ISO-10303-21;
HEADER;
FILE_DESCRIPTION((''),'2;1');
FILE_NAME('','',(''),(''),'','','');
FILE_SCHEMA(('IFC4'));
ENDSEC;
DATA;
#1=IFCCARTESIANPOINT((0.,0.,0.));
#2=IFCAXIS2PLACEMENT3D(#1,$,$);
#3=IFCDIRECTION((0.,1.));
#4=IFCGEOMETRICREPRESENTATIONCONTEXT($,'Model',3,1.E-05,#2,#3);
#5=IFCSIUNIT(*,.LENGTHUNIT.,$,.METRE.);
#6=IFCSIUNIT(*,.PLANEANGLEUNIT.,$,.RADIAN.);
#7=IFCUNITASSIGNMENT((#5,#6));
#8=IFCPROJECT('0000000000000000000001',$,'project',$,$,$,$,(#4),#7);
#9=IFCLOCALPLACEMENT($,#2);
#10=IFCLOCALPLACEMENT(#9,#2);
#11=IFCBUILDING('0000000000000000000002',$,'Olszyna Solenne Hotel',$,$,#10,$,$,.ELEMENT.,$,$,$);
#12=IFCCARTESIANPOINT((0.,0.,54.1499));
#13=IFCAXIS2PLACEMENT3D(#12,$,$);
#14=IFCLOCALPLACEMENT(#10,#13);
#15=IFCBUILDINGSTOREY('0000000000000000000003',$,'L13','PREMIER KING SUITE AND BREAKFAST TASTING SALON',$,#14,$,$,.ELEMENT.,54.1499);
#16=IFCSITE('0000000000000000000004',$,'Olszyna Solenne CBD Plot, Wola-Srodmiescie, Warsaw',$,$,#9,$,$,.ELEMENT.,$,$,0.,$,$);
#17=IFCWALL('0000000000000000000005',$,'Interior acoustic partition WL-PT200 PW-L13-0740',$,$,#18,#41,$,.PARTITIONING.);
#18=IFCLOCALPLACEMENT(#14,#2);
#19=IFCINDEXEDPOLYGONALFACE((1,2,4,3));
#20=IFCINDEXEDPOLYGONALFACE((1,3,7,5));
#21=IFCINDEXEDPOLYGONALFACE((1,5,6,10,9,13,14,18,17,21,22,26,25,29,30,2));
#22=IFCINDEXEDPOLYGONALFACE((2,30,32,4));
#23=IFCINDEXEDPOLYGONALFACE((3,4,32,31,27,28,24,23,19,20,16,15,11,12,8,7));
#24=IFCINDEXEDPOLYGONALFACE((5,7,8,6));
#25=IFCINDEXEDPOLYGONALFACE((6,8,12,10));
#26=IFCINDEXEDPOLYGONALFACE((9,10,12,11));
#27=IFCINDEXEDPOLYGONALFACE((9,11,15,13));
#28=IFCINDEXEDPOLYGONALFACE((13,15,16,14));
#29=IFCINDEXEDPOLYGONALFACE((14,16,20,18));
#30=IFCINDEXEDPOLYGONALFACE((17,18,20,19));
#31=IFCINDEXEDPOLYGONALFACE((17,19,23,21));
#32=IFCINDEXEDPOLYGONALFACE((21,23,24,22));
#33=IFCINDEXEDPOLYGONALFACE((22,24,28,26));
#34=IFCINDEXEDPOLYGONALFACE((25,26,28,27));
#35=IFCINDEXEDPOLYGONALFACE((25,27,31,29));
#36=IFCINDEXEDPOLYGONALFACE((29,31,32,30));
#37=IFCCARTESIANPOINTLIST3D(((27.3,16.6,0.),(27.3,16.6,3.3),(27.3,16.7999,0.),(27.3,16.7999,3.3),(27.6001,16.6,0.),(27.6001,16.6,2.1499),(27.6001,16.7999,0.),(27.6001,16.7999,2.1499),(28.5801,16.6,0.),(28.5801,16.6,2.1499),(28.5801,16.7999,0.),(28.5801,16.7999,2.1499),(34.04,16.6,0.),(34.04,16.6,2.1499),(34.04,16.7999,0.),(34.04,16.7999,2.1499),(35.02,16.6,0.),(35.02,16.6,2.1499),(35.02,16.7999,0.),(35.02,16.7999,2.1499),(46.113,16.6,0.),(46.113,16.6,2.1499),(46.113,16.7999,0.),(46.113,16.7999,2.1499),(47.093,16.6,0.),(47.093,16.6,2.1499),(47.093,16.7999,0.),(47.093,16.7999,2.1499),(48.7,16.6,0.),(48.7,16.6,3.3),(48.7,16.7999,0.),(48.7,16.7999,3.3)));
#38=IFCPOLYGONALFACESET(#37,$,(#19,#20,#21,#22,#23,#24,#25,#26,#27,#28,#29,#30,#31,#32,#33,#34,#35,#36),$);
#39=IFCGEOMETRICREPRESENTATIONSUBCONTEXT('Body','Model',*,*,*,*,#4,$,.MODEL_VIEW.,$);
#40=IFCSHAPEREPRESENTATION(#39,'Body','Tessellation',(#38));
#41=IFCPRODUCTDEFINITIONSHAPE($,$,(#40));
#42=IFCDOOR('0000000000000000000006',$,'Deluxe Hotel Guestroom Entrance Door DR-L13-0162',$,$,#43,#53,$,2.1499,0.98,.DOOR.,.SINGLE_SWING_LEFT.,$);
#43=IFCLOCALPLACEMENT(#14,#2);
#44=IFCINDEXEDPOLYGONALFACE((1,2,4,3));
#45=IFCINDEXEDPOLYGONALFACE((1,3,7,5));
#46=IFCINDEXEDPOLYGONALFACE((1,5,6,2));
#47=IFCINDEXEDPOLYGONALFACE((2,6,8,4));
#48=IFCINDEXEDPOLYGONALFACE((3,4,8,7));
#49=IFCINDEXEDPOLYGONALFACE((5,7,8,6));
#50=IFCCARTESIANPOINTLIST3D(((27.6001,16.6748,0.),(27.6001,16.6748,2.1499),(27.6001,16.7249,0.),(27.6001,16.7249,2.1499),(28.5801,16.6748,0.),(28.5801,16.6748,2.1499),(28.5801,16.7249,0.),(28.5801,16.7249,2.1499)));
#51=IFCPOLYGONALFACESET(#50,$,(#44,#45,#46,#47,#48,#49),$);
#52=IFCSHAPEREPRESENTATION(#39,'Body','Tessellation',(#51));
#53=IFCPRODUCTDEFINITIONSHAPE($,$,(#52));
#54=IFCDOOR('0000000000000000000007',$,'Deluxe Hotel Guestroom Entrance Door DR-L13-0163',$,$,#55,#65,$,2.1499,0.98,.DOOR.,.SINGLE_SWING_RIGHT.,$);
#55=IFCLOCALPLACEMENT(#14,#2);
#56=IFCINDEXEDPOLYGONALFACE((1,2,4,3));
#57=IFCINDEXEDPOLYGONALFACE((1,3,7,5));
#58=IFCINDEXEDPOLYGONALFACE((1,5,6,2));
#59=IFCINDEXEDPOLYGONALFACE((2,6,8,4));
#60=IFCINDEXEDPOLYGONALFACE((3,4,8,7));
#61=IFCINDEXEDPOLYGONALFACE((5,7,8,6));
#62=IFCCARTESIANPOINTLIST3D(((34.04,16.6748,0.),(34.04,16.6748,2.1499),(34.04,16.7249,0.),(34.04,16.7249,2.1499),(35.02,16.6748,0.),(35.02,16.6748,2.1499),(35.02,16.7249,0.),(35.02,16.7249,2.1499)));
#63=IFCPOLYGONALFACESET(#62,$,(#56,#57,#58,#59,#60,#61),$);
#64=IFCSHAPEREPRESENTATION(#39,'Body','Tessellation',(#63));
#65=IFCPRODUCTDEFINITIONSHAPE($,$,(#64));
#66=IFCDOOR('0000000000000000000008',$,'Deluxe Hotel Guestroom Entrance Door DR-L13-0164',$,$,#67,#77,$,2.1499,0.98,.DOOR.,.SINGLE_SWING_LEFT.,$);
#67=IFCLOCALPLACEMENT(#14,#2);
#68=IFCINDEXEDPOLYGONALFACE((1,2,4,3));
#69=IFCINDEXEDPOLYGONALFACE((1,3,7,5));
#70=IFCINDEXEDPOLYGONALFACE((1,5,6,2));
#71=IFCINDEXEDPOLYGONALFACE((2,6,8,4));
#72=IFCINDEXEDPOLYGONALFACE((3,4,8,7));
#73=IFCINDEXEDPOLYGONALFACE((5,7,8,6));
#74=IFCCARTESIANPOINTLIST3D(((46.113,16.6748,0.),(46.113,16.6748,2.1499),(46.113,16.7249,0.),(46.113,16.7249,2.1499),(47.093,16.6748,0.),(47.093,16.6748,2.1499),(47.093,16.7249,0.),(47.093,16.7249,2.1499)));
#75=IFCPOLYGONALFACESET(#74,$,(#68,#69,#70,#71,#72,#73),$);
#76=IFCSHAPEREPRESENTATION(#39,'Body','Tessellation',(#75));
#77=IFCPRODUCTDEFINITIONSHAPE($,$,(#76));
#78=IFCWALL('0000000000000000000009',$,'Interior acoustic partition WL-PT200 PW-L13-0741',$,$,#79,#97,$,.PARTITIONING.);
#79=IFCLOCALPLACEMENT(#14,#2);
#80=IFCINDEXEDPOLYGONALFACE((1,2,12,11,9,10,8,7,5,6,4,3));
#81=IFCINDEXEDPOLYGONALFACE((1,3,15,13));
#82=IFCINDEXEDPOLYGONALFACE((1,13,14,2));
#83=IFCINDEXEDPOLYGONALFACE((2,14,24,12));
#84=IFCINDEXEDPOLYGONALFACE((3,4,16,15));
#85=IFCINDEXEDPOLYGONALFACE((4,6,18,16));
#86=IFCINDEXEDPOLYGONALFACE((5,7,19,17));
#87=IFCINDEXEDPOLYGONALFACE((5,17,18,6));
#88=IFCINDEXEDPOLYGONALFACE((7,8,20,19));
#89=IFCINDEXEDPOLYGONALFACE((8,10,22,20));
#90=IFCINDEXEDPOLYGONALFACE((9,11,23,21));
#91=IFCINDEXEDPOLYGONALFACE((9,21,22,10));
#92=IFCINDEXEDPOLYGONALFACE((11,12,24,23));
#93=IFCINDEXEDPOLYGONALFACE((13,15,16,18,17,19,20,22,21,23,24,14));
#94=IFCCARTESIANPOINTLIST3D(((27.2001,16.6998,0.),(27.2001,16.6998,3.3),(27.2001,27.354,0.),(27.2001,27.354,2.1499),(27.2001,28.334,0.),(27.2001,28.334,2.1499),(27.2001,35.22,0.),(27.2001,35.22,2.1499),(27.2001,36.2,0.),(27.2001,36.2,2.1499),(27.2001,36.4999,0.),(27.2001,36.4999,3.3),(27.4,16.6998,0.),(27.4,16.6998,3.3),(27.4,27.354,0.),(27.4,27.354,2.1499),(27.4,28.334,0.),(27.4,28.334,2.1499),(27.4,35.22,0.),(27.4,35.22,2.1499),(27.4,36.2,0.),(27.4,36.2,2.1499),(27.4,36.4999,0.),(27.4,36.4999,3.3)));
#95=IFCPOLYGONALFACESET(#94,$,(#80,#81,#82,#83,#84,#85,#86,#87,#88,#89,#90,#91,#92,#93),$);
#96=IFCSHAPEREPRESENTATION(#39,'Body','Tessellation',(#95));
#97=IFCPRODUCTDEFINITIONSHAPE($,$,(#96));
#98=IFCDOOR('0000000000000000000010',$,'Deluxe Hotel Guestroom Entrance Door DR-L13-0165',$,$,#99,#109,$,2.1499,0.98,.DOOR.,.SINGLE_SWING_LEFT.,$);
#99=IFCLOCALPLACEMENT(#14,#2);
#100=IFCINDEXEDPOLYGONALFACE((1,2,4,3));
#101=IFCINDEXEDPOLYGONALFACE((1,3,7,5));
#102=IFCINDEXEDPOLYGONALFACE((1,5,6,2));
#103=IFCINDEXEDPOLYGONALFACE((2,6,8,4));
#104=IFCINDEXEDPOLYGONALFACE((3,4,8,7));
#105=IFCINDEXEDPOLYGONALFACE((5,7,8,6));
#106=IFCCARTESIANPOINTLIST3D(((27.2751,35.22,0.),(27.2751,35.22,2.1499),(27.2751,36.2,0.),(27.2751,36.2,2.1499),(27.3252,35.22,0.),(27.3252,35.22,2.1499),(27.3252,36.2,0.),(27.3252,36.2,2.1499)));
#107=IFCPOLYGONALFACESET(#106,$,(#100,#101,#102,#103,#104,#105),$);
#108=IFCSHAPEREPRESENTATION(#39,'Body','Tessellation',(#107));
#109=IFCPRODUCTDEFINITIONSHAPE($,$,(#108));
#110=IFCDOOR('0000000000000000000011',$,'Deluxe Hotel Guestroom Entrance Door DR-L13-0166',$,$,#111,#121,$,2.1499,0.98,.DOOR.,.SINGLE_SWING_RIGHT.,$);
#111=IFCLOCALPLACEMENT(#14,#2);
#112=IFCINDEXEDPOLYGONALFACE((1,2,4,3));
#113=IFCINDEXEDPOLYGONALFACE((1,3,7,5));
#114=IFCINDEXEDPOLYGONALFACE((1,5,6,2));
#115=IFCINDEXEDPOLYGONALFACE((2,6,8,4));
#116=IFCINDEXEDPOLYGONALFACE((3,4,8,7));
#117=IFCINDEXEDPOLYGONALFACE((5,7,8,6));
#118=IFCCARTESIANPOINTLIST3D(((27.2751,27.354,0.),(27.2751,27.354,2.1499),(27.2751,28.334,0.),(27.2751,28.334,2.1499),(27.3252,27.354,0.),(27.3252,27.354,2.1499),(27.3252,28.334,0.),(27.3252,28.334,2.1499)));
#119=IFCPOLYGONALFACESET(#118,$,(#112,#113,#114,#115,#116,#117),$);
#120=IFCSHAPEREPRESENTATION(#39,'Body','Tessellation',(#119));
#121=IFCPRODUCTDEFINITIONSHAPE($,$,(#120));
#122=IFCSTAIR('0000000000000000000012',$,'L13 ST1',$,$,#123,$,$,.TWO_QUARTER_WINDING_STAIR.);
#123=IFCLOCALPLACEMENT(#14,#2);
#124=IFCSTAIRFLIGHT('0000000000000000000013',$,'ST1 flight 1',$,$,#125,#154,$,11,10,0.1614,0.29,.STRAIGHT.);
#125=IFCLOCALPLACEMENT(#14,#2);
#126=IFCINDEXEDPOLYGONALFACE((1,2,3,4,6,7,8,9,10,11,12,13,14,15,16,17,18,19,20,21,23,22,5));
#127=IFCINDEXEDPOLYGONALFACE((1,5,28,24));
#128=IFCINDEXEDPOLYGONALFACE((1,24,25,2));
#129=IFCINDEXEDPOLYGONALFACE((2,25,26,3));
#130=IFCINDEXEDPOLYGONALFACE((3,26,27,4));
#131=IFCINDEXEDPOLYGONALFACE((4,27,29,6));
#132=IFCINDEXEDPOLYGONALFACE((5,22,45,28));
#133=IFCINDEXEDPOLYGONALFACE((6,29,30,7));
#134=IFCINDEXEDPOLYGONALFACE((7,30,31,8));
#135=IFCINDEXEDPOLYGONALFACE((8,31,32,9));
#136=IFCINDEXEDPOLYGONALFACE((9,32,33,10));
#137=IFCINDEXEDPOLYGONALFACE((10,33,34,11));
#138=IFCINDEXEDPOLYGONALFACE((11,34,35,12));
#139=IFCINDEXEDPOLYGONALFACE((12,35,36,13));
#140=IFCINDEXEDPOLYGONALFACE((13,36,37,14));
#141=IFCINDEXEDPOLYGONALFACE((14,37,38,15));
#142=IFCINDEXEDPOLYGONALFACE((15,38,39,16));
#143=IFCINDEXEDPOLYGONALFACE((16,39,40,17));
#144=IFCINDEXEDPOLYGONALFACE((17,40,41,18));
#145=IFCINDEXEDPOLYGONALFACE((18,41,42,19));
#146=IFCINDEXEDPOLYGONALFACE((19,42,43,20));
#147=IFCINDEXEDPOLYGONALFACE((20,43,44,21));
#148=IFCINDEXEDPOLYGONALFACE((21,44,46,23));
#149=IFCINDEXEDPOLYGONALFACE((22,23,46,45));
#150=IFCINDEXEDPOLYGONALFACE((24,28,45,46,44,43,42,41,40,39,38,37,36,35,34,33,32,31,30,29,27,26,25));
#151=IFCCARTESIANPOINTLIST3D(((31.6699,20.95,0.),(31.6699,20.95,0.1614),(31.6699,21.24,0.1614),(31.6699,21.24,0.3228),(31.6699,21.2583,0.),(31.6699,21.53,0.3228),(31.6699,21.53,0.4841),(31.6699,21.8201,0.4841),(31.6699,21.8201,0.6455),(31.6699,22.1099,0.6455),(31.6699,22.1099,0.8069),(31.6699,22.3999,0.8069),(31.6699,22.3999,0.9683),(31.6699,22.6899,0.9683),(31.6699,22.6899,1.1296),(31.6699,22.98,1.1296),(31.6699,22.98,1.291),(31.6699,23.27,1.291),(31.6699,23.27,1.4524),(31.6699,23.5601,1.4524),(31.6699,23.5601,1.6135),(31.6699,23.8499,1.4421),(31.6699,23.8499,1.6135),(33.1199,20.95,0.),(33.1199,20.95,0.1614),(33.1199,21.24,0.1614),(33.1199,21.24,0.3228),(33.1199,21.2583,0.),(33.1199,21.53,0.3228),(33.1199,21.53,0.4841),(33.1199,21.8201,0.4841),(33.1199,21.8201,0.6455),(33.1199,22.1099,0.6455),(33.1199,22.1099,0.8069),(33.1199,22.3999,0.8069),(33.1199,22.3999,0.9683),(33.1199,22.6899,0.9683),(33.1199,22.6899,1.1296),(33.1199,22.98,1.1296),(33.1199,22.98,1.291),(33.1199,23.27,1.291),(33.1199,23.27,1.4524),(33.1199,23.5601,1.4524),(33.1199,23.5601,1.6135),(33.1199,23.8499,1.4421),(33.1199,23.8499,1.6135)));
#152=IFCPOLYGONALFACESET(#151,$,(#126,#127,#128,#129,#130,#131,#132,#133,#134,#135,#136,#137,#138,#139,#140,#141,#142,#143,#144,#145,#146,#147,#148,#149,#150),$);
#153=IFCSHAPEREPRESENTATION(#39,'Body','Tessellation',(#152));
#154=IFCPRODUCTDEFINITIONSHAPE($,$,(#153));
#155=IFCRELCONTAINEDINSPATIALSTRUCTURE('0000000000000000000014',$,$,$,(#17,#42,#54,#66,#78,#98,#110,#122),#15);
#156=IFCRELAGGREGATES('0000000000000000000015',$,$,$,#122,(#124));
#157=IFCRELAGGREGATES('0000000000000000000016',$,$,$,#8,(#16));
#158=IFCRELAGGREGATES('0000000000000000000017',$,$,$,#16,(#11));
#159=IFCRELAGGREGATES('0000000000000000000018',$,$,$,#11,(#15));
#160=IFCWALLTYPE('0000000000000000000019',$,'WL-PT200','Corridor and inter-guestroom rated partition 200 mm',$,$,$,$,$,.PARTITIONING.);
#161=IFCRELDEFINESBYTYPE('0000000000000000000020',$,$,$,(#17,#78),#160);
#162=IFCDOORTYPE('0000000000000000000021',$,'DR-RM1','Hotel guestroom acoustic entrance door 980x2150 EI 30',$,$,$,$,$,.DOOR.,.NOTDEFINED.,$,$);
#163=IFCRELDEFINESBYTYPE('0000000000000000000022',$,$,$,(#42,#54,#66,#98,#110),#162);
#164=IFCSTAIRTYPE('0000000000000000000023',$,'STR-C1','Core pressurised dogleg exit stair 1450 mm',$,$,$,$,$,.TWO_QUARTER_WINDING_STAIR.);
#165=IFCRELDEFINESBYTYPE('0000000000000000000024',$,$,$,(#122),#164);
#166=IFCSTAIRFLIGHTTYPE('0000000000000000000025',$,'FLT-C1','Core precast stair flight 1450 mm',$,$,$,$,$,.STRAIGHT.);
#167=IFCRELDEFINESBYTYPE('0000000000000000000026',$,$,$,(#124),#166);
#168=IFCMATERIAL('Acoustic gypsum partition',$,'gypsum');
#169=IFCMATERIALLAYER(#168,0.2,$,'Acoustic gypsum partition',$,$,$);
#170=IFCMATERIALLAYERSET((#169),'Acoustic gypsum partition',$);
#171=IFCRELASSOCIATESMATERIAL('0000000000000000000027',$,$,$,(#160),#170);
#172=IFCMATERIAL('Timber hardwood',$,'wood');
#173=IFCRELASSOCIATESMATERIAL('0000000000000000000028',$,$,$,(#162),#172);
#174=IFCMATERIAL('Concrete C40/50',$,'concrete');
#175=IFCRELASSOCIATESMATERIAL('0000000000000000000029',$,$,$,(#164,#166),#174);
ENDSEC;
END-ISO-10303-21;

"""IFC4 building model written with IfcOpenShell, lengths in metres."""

from ifc_helpers import new_model, si_unit, direction, frame, frame_2d, origin, place, context, subcontext, project, spatial, polyline, rectangle, outline, extrude, source, transform, mapped, material, layer, layer_set, type_object, type_shapes, element, fill, aggregate, save


model = new_model("IFC4")

# Units and contexts
model_context = context("Model", 3, precision=1e-05, world=origin(), true_north=direction((0.0, 1.0)))
body_context = subcontext(model_context, "Body", "Model", "MODEL_VIEW")
ifc_project = project(units=[si_unit("LENGTHUNIT", "METRE"), si_unit("PLANEANGLEUNIT", "RADIAN")], contexts=[model_context])

# Site, building, storey
site_placement = place(None, origin())
site = spatial("IfcSite", under=ifc_project, at=site_placement, Name="Olszyna Solenne CBD Plot, Wola-Srodmiescie, Warsaw", CompositionType="ELEMENT", RefElevation=0.0)
building_placement = place(site_placement, origin())
building = spatial("IfcBuilding", under=site, at=building_placement, Name="Olszyna Solenne Hotel", CompositionType="ELEMENT")
storey_placement = place(building_placement, frame((0.0, 0.0, 54.1499)))
storey = spatial("IfcBuildingStorey", under=building, at=storey_placement, Name="L13", Description="PREMIER KING SUITE AND BREAKFAST TASTING SALON", CompositionType="ELEMENT", Elevation=54.1499)

# Shared definitions
ifc_material_1 = material(Name="Timber hardwood", Category="wood")

# Shared definitions
ifc_material_2 = material(Name="Acoustic gypsum partition", Category="gypsum")

# Shared definitions
ifc_layer_1 = layer(ifc_material_2, 0.2, Name="Acoustic gypsum partition")
ifc_layer_set_1 = layer_set([ifc_layer_1], Name="Acoustic gypsum partition")
wall_type_1 = type_object("IfcWallType", Name="WL-PT200", Description="Corridor and inter-guestroom rated partition 200 mm", PredefinedType="PARTITIONING", material=ifc_layer_set_1)

# Walls, openings, doors
wall_1_placement = place(storey_placement, frame((27.3, 16.7, 0.0), z_axis=(0.0, 0.0, 1.0), x_axis=(1.0, 0.0, 0.0)))
wall_1 = element("IfcWall", 1, at=wall_1_placement, inside=storey, type_object=wall_type_1, Name="Interior acoustic partition WL-PT200 PW-L13-0740", PredefinedType="PARTITIONING", context=body_context, shape_type="SweptSolid", body=[
    extrude(rectangle(XDim=21.3999, YDim=0.2, at=frame_2d((10.7, 0.0))), origin(), (0.0, 0.0, 1.0), 3.3),
])
opening_1_placement = place(wall_1_placement, frame((0.3, 0.0, 0.0)))
opening_1 = element("IfcOpeningElement", 2, at=opening_1_placement, cuts=wall_1, PredefinedType="OPENING", context=body_context, shape_type="SweptSolid", body=[
    extrude(rectangle(XDim=0.98, YDim=2.1499, at=frame_2d((0.49, 1.075))), frame((0.0, 0.1099, 0.0), z_axis=(0.0, -1.0, 0.0), x_axis=(1.0, 0.0, 0.0)), (0.0, 0.0, 1.0), 0.22),
])
opening_2_placement = place(wall_1_placement, frame((6.74, 0.0, 0.0)))
opening_2 = element("IfcOpeningElement", 3, at=opening_2_placement, cuts=wall_1, PredefinedType="OPENING", context=body_context, shape_type="SweptSolid", body=[
    extrude(rectangle(XDim=0.98, YDim=2.1499, at=frame_2d((0.49, 1.075))), frame((0.0, 0.1099, 0.0), z_axis=(0.0, -1.0, 0.0), x_axis=(1.0, 0.0, 0.0)), (0.0, 0.0, 1.0), 0.22),
])
opening_3_placement = place(wall_1_placement, frame((18.813, 0.0, 0.0)))
opening_3 = element("IfcOpeningElement", 4, at=opening_3_placement, cuts=wall_1, PredefinedType="OPENING", context=body_context, shape_type="SweptSolid", body=[
    extrude(rectangle(XDim=0.98, YDim=2.1499, at=frame_2d((0.49, 1.075))), frame((0.0, 0.1099, 0.0), z_axis=(0.0, -1.0, 0.0), x_axis=(1.0, 0.0, 0.0)), (0.0, 0.0, 1.0), 0.22),
])
door_type_1 = type_object("IfcDoorType", Name="DR-RM1", Description="Hotel guestroom acoustic entrance door 980x2150 EI 30", OperationType="NOTDEFINED", PredefinedType="DOOR", material=ifc_material_1)
shared_shape_1 = source(origin(), body_context, "Body", "SweptSolid", [
    extrude(rectangle(XDim=0.98, YDim=2.1499, at=frame_2d((0.49, 1.075))), frame((0.0, 0.0249, 0.0), z_axis=(0.0, -1.0, 0.0), x_axis=(1.0, 0.0, 0.0)), (0.0, 0.0, 1.0), 0.05),
])
type_shapes(door_type_1, [shared_shape_1])
door_1_placement = place(opening_1_placement, origin())
door_1 = element("IfcDoor", 5, at=door_1_placement, inside=storey, type_object=door_type_1, Name="Deluxe Hotel Guestroom Entrance Door DR-L13-0162", OperationType="SINGLE_SWING_LEFT", OverallHeight=2.1499, OverallWidth=0.98, PredefinedType="DOOR", context=body_context, shape_type="MappedRepresentation", body=[
    mapped(shared_shape_1, transform((0.0, 0.0, 0.0), x_axis=(1.0, 0.0, 0.0), y_axis=(0.0, 1.0, 0.0), z_axis=(0.0, 0.0, 1.0), scale=1.0)),
])
fill(opening_1, door_1)
door_2_placement = place(opening_2_placement, origin())
door_2 = element("IfcDoor", 6, at=door_2_placement, inside=storey, type_object=door_type_1, Name="Deluxe Hotel Guestroom Entrance Door DR-L13-0163", OperationType="SINGLE_SWING_RIGHT", OverallHeight=2.1499, OverallWidth=0.98, PredefinedType="DOOR", context=body_context, shape_type="MappedRepresentation", body=[
    mapped(shared_shape_1, transform((0.0, 0.0, 0.0), x_axis=(1.0, 0.0, 0.0), y_axis=(0.0, 1.0, 0.0), z_axis=(0.0, 0.0, 1.0), scale=1.0)),
])
fill(opening_2, door_2)
door_3_placement = place(opening_3_placement, origin())
door_3 = element("IfcDoor", 7, at=door_3_placement, inside=storey, type_object=door_type_1, Name="Deluxe Hotel Guestroom Entrance Door DR-L13-0164", OperationType="SINGLE_SWING_LEFT", OverallHeight=2.1499, OverallWidth=0.98, PredefinedType="DOOR", context=body_context, shape_type="MappedRepresentation", body=[
    mapped(shared_shape_1, transform((0.0, 0.0, 0.0), x_axis=(1.0, 0.0, 0.0), y_axis=(0.0, 1.0, 0.0), z_axis=(0.0, 0.0, 1.0), scale=1.0)),
])
fill(opening_3, door_3)
wall_2_placement = place(storey_placement, frame((27.3, 16.7, 0.0), z_axis=(0.0, 0.0, 1.0), x_axis=(0.0, 1.0, 0.0)))
wall_2 = element("IfcWall", 8, at=wall_2_placement, inside=storey, type_object=wall_type_1, Name="Interior acoustic partition WL-PT200 PW-L13-0741", PredefinedType="PARTITIONING", context=body_context, shape_type="SweptSolid", body=[
    extrude(rectangle(XDim=19.8, YDim=0.2, at=frame_2d((9.8999, 0.0))), origin(), (0.0, 0.0, 1.0), 3.3),
])
opening_4_placement = place(wall_2_placement, frame((18.52, 0.0, 0.0)))
opening_4 = element("IfcOpeningElement", 9, at=opening_4_placement, cuts=wall_2, PredefinedType="OPENING", context=body_context, shape_type="SweptSolid", body=[
    extrude(rectangle(XDim=0.98, YDim=2.1499, at=frame_2d((0.49, 1.075))), frame((0.0, 0.1099, 0.0), z_axis=(0.0, -1.0, 0.0), x_axis=(1.0, 0.0, 0.0)), (0.0, 0.0, 1.0), 0.22),
])
opening_5_placement = place(wall_2_placement, frame((10.6541, 0.0, 0.0)))
opening_5 = element("IfcOpeningElement", 10, at=opening_5_placement, cuts=wall_2, PredefinedType="OPENING", context=body_context, shape_type="SweptSolid", body=[
    extrude(rectangle(XDim=0.98, YDim=2.1499, at=frame_2d((0.49, 1.075))), frame((0.0, 0.1099, 0.0), z_axis=(0.0, -1.0, 0.0), x_axis=(1.0, 0.0, 0.0)), (0.0, 0.0, 1.0), 0.22),
])
door_4_placement = place(opening_4_placement, origin())
door_4 = element("IfcDoor", 11, at=door_4_placement, inside=storey, type_object=door_type_1, Name="Deluxe Hotel Guestroom Entrance Door DR-L13-0165", OperationType="SINGLE_SWING_LEFT", OverallHeight=2.1499, OverallWidth=0.98, PredefinedType="DOOR", context=body_context, shape_type="MappedRepresentation", body=[
    mapped(shared_shape_1, transform((0.0, 0.0, 0.0), x_axis=(1.0, 0.0, 0.0), y_axis=(0.0, 1.0, 0.0), z_axis=(0.0, 0.0, 1.0), scale=1.0)),
])
fill(opening_4, door_4)
door_5_placement = place(opening_5_placement, origin())
door_5 = element("IfcDoor", 12, at=door_5_placement, inside=storey, type_object=door_type_1, Name="Deluxe Hotel Guestroom Entrance Door DR-L13-0166", OperationType="SINGLE_SWING_RIGHT", OverallHeight=2.1499, OverallWidth=0.98, PredefinedType="DOOR", context=body_context, shape_type="MappedRepresentation", body=[
    mapped(shared_shape_1, transform((0.0, 0.0, 0.0), x_axis=(1.0, 0.0, 0.0), y_axis=(0.0, 1.0, 0.0), z_axis=(0.0, 0.0, 1.0), scale=1.0)),
])
fill(opening_5, door_5)

# Stair, stair flight
ifc_material_3 = material(Name="Concrete C40/50", Category="concrete")
stair_type = type_object("IfcStairType", Name="STR-C1", Description="Core pressurised dogleg exit stair 1450 mm", PredefinedType="TWO_QUARTER_WINDING_STAIR", material=ifc_material_3)
stair_placement = place(storey_placement, origin())
stair = element("IfcStair", 13, at=stair_placement, inside=storey, type_object=stair_type, Name="L13 ST1", PredefinedType="TWO_QUARTER_WINDING_STAIR")
stair_flight_type = type_object("IfcStairFlightType", Name="FLT-C1", Description="Core precast stair flight 1450 mm", PredefinedType="STRAIGHT", material=ifc_material_3)
stair_flight_placement = place(storey_placement, frame((32.395, 20.95, 0.0), z_axis=(0.0, 0.0, 1.0), x_axis=(0.0, 1.0, 0.0)))
stair_flight = element("IfcStairFlight", 14, at=stair_flight_placement, type_object=stair_flight_type, Name="ST1 flight 1", NumberOfRisers=11, NumberOfTreads=10, PredefinedType="STRAIGHT", RiserHeight=0.1614, TreadLength=0.29, context=body_context, shape_type="SweptSolid", body=[
    extrude(outline(polyline([(0.0, 0.0), (0.0, 0.1614), (0.29, 0.1614), (0.29, 0.3228), (0.5801, 0.3228), (0.5801, 0.4841), (0.8701, 0.4841), (0.8701, 0.6455), (1.1599, 0.6455), (1.1599, 0.8069), (1.45, 0.8069), (1.45, 0.9683), (1.74, 0.9683), (1.74, 1.1296), (2.03, 1.1296), (2.03, 1.291), (2.3201, 1.291), (2.3201, 1.4524), (2.6101, 1.4524), (2.6101, 1.6135), (2.8999, 1.6135), (2.8999, 1.7749), (2.8999, 1.4421), (0.3083, 0.0), (0.0, 0.0)])), frame((0.0, 0.7251, 0.0), z_axis=(0.0, -1.0, 0.0), x_axis=(1.0, 0.0, 0.0)), (0.0, 0.0, 1.0), 1.45),
])
aggregate(stair, [stair_flight])

save(model, "model.ifc")
